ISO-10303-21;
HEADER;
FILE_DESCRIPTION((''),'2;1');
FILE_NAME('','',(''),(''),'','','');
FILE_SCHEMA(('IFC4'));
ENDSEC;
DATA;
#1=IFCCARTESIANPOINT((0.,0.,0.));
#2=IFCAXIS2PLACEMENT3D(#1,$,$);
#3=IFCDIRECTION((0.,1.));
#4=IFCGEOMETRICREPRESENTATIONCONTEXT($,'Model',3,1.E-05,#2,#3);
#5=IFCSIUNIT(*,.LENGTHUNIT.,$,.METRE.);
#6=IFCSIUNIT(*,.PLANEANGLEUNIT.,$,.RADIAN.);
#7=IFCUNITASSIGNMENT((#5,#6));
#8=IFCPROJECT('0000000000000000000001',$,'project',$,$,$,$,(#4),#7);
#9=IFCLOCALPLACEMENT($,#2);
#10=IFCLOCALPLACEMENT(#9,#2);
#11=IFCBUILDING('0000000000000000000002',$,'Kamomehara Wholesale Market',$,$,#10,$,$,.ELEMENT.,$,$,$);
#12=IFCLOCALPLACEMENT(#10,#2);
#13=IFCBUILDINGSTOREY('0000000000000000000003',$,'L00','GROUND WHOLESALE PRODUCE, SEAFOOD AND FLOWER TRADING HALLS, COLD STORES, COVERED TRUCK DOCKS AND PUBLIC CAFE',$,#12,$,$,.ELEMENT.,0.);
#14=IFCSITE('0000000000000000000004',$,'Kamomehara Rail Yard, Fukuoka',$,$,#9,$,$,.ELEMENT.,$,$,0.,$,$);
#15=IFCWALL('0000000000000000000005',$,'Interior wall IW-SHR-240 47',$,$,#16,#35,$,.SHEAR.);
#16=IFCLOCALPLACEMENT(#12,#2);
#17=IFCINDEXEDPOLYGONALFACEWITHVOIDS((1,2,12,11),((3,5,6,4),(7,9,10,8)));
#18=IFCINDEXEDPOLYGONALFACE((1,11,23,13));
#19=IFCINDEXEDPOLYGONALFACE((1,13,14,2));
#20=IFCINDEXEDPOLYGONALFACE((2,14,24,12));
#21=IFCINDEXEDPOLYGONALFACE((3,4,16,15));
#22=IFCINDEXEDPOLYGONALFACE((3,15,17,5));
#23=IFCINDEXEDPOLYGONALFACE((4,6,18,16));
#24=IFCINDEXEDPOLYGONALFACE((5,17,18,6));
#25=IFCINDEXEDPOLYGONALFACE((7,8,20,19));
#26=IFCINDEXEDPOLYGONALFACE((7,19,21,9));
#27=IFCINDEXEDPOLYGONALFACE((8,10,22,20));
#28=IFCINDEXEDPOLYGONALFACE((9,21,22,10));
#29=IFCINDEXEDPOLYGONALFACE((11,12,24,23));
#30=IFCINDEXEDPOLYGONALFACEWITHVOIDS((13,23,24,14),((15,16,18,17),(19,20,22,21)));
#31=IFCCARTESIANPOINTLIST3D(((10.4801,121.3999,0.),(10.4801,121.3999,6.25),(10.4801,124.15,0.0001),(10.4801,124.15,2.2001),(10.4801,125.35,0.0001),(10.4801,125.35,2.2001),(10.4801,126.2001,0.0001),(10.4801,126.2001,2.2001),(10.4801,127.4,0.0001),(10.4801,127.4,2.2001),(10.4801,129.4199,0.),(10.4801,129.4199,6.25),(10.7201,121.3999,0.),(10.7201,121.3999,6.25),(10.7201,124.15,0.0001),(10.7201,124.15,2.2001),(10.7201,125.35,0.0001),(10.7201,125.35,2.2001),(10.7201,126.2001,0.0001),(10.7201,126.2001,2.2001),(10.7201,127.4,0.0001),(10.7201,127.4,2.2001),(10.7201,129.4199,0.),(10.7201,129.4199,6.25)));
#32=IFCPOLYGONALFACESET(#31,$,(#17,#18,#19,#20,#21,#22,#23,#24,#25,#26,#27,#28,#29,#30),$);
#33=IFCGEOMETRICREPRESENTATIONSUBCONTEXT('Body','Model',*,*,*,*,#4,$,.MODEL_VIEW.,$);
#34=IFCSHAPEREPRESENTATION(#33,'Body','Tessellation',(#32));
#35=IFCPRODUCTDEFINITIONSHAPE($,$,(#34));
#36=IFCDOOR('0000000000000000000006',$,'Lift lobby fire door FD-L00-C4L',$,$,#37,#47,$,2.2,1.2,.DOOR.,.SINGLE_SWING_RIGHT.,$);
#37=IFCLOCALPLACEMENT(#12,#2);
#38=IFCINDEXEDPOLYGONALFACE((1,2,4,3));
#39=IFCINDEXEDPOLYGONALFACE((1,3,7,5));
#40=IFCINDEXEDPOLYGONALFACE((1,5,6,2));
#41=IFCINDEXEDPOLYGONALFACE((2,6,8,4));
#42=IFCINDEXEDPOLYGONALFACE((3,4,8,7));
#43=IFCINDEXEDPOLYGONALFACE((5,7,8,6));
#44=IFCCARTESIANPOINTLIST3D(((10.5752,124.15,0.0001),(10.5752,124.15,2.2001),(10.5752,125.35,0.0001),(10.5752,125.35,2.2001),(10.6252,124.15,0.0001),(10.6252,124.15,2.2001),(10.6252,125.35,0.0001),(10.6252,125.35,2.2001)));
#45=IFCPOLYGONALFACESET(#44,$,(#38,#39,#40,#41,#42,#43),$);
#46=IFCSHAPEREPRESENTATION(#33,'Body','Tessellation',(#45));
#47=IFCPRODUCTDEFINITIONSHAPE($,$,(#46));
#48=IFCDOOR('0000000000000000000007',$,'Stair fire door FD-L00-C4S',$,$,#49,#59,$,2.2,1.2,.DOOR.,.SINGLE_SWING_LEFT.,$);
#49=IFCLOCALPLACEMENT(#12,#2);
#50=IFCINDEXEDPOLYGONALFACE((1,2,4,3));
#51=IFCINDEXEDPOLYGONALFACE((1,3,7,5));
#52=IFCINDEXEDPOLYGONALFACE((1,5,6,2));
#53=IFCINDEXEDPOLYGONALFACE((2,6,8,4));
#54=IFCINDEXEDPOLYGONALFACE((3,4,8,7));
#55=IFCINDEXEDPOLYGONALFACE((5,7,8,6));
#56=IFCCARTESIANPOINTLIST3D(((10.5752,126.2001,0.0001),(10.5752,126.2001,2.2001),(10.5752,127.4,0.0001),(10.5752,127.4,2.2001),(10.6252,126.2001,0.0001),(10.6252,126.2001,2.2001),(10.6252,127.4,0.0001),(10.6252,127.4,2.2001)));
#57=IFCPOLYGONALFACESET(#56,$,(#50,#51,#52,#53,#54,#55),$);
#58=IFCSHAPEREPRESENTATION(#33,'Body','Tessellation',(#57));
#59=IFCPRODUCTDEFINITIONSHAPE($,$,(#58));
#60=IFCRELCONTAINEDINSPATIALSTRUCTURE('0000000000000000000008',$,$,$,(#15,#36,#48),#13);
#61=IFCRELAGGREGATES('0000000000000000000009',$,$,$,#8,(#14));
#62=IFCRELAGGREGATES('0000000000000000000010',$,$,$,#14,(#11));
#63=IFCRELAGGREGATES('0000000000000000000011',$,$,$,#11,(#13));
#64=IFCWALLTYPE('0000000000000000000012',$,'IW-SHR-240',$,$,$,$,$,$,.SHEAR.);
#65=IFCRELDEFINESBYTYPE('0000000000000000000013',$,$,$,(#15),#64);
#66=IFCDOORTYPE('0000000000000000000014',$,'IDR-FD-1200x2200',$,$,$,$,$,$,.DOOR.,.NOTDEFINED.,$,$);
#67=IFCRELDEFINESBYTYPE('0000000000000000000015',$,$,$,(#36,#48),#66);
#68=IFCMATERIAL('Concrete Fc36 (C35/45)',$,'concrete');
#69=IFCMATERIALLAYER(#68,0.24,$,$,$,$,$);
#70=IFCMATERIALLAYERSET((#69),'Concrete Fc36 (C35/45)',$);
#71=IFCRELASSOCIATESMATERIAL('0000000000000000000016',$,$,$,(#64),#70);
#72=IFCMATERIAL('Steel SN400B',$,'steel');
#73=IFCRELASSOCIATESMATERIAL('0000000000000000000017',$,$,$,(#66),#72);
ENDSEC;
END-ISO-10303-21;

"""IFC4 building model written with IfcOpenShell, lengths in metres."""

from ifc_helpers import new_model, si_unit, direction, frame, frame_2d, origin, place, context, subcontext, project, spatial, rectangle, extrude, material, layer, layer_set, type_object, element, fill, save


model = new_model("IFC4")

# Units and contexts
model_context = context("Model", 3, precision=1e-05, world=origin(), true_north=direction((0.0, 1.0)))
body_context = subcontext(model_context, "Body", "Model", "MODEL_VIEW")
ifc_project = project(units=[si_unit("LENGTHUNIT", "METRE"), si_unit("PLANEANGLEUNIT", "RADIAN")], contexts=[model_context])

# Site, building, storey
site_placement = place(None, origin())
site = spatial("IfcSite", under=ifc_project, at=site_placement, Name="Kamomehara Rail Yard, Fukuoka", CompositionType="ELEMENT", RefElevation=0.0)
building_placement = place(site_placement, origin())
building = spatial("IfcBuilding", under=site, at=building_placement, Name="Kamomehara Wholesale Market", CompositionType="ELEMENT")
storey_placement = place(building_placement, origin())
storey = spatial("IfcBuildingStorey", under=building, at=storey_placement, Name="L00", Description="GROUND WHOLESALE PRODUCE, SEAFOOD AND FLOWER TRADING HALLS, COLD STORES, COVERED TRUCK DOCKS AND PUBLIC CAFE", CompositionType="ELEMENT", Elevation=0.0)

# Shared definitions
ifc_material_1 = material(Name="Concrete Fc36 (C35/45)", Category="concrete")
ifc_layer_1 = layer(ifc_material_1, 0.24)
ifc_layer_set_1 = layer_set([ifc_layer_1], Name="Concrete Fc36 (C35/45)")
wall_type_1 = type_object("IfcWallType", Name="IW-SHR-240", PredefinedType="SHEAR", material=ifc_layer_set_1)

# Wall, openings, doors
wall_1_placement = place(storey_placement, frame((10.6001, 121.3999, 0.0), z_axis=(0.0, 0.0, 1.0), x_axis=(0.0, 1.0, 0.0)))
wall_1 = element("IfcWall", 1, at=wall_1_placement, inside=storey, type_object=wall_type_1, Name="Interior wall IW-SHR-240 47", PredefinedType="SHEAR", context=body_context, shape_type="SweptSolid", body=[
    extrude(rectangle(XDim=8.02, YDim=0.24, at=frame_2d((4.01, 0.0))), origin(), (0.0, 0.0, 1.0), 6.25),
])
opening_1_placement = place(wall_1_placement, frame((2.75, 0.0, 0.0)))
opening_1 = element("IfcOpeningElement", 2, at=opening_1_placement, cuts=wall_1, PredefinedType="OPENING", context=body_context, shape_type="SweptSolid", body=[
    extrude(rectangle(XDim=1.2, YDim=2.2, at=frame_2d((0.6001, 1.1001))), frame((0.0, 0.1348, 0.0), z_axis=(0.0, -1.0, 0.0), x_axis=(1.0, 0.0, 0.0)), (0.0, 0.0, 1.0), 0.2698),
])
opening_2_placement = place(wall_1_placement, frame((4.8, 0.0, 0.0)))
opening_2 = element("IfcOpeningElement", 3, at=opening_2_placement, cuts=wall_1, PredefinedType="OPENING", context=body_context, shape_type="SweptSolid", body=[
    extrude(rectangle(XDim=1.2, YDim=2.2, at=frame_2d((0.6001, 1.1001))), frame((0.0, 0.1348, 0.0), z_axis=(0.0, -1.0, 0.0), x_axis=(1.0, 0.0, 0.0)), (0.0, 0.0, 1.0), 0.2698),
])
ifc_material_2 = material(Name="Steel SN400B", Category="steel")
door_type = type_object("IfcDoorType", Name="IDR-FD-1200x2200", OperationType="NOTDEFINED", PredefinedType="DOOR", material=ifc_material_2)
door_1_placement = place(opening_1_placement, origin())
door_1 = element("IfcDoor", 4, at=door_1_placement, inside=storey, type_object=door_type, Name="Lift lobby fire door FD-L00-C4L", OperationType="SINGLE_SWING_RIGHT", OverallHeight=2.2, OverallWidth=1.2, PredefinedType="DOOR", context=body_context, shape_type="SweptSolid", body=[
    extrude(rectangle(XDim=1.2, YDim=2.2, at=frame_2d((0.6001, 1.1001))), frame((0.0, 0.0249, 0.0), z_axis=(0.0, -1.0, 0.0), x_axis=(1.0, 0.0, 0.0)), (0.0, 0.0, 1.0), 0.05),
])
fill(opening_1, door_1)
door_2_placement = place(opening_2_placement, origin())
door_2 = element("IfcDoor", 5, at=door_2_placement, inside=storey, type_object=door_type, Name="Stair fire door FD-L00-C4S", OperationType="SINGLE_SWING_LEFT", OverallHeight=2.2, OverallWidth=1.2, PredefinedType="DOOR", context=body_context, shape_type="SweptSolid", body=[
    extrude(rectangle(XDim=1.2, YDim=2.2, at=frame_2d((0.6001, 1.1001))), frame((0.0, 0.0249, 0.0), z_axis=(0.0, -1.0, 0.0), x_axis=(1.0, 0.0, 0.0)), (0.0, 0.0, 1.0), 0.05),
])
fill(opening_2, door_2)

save(model, "model.ifc")
